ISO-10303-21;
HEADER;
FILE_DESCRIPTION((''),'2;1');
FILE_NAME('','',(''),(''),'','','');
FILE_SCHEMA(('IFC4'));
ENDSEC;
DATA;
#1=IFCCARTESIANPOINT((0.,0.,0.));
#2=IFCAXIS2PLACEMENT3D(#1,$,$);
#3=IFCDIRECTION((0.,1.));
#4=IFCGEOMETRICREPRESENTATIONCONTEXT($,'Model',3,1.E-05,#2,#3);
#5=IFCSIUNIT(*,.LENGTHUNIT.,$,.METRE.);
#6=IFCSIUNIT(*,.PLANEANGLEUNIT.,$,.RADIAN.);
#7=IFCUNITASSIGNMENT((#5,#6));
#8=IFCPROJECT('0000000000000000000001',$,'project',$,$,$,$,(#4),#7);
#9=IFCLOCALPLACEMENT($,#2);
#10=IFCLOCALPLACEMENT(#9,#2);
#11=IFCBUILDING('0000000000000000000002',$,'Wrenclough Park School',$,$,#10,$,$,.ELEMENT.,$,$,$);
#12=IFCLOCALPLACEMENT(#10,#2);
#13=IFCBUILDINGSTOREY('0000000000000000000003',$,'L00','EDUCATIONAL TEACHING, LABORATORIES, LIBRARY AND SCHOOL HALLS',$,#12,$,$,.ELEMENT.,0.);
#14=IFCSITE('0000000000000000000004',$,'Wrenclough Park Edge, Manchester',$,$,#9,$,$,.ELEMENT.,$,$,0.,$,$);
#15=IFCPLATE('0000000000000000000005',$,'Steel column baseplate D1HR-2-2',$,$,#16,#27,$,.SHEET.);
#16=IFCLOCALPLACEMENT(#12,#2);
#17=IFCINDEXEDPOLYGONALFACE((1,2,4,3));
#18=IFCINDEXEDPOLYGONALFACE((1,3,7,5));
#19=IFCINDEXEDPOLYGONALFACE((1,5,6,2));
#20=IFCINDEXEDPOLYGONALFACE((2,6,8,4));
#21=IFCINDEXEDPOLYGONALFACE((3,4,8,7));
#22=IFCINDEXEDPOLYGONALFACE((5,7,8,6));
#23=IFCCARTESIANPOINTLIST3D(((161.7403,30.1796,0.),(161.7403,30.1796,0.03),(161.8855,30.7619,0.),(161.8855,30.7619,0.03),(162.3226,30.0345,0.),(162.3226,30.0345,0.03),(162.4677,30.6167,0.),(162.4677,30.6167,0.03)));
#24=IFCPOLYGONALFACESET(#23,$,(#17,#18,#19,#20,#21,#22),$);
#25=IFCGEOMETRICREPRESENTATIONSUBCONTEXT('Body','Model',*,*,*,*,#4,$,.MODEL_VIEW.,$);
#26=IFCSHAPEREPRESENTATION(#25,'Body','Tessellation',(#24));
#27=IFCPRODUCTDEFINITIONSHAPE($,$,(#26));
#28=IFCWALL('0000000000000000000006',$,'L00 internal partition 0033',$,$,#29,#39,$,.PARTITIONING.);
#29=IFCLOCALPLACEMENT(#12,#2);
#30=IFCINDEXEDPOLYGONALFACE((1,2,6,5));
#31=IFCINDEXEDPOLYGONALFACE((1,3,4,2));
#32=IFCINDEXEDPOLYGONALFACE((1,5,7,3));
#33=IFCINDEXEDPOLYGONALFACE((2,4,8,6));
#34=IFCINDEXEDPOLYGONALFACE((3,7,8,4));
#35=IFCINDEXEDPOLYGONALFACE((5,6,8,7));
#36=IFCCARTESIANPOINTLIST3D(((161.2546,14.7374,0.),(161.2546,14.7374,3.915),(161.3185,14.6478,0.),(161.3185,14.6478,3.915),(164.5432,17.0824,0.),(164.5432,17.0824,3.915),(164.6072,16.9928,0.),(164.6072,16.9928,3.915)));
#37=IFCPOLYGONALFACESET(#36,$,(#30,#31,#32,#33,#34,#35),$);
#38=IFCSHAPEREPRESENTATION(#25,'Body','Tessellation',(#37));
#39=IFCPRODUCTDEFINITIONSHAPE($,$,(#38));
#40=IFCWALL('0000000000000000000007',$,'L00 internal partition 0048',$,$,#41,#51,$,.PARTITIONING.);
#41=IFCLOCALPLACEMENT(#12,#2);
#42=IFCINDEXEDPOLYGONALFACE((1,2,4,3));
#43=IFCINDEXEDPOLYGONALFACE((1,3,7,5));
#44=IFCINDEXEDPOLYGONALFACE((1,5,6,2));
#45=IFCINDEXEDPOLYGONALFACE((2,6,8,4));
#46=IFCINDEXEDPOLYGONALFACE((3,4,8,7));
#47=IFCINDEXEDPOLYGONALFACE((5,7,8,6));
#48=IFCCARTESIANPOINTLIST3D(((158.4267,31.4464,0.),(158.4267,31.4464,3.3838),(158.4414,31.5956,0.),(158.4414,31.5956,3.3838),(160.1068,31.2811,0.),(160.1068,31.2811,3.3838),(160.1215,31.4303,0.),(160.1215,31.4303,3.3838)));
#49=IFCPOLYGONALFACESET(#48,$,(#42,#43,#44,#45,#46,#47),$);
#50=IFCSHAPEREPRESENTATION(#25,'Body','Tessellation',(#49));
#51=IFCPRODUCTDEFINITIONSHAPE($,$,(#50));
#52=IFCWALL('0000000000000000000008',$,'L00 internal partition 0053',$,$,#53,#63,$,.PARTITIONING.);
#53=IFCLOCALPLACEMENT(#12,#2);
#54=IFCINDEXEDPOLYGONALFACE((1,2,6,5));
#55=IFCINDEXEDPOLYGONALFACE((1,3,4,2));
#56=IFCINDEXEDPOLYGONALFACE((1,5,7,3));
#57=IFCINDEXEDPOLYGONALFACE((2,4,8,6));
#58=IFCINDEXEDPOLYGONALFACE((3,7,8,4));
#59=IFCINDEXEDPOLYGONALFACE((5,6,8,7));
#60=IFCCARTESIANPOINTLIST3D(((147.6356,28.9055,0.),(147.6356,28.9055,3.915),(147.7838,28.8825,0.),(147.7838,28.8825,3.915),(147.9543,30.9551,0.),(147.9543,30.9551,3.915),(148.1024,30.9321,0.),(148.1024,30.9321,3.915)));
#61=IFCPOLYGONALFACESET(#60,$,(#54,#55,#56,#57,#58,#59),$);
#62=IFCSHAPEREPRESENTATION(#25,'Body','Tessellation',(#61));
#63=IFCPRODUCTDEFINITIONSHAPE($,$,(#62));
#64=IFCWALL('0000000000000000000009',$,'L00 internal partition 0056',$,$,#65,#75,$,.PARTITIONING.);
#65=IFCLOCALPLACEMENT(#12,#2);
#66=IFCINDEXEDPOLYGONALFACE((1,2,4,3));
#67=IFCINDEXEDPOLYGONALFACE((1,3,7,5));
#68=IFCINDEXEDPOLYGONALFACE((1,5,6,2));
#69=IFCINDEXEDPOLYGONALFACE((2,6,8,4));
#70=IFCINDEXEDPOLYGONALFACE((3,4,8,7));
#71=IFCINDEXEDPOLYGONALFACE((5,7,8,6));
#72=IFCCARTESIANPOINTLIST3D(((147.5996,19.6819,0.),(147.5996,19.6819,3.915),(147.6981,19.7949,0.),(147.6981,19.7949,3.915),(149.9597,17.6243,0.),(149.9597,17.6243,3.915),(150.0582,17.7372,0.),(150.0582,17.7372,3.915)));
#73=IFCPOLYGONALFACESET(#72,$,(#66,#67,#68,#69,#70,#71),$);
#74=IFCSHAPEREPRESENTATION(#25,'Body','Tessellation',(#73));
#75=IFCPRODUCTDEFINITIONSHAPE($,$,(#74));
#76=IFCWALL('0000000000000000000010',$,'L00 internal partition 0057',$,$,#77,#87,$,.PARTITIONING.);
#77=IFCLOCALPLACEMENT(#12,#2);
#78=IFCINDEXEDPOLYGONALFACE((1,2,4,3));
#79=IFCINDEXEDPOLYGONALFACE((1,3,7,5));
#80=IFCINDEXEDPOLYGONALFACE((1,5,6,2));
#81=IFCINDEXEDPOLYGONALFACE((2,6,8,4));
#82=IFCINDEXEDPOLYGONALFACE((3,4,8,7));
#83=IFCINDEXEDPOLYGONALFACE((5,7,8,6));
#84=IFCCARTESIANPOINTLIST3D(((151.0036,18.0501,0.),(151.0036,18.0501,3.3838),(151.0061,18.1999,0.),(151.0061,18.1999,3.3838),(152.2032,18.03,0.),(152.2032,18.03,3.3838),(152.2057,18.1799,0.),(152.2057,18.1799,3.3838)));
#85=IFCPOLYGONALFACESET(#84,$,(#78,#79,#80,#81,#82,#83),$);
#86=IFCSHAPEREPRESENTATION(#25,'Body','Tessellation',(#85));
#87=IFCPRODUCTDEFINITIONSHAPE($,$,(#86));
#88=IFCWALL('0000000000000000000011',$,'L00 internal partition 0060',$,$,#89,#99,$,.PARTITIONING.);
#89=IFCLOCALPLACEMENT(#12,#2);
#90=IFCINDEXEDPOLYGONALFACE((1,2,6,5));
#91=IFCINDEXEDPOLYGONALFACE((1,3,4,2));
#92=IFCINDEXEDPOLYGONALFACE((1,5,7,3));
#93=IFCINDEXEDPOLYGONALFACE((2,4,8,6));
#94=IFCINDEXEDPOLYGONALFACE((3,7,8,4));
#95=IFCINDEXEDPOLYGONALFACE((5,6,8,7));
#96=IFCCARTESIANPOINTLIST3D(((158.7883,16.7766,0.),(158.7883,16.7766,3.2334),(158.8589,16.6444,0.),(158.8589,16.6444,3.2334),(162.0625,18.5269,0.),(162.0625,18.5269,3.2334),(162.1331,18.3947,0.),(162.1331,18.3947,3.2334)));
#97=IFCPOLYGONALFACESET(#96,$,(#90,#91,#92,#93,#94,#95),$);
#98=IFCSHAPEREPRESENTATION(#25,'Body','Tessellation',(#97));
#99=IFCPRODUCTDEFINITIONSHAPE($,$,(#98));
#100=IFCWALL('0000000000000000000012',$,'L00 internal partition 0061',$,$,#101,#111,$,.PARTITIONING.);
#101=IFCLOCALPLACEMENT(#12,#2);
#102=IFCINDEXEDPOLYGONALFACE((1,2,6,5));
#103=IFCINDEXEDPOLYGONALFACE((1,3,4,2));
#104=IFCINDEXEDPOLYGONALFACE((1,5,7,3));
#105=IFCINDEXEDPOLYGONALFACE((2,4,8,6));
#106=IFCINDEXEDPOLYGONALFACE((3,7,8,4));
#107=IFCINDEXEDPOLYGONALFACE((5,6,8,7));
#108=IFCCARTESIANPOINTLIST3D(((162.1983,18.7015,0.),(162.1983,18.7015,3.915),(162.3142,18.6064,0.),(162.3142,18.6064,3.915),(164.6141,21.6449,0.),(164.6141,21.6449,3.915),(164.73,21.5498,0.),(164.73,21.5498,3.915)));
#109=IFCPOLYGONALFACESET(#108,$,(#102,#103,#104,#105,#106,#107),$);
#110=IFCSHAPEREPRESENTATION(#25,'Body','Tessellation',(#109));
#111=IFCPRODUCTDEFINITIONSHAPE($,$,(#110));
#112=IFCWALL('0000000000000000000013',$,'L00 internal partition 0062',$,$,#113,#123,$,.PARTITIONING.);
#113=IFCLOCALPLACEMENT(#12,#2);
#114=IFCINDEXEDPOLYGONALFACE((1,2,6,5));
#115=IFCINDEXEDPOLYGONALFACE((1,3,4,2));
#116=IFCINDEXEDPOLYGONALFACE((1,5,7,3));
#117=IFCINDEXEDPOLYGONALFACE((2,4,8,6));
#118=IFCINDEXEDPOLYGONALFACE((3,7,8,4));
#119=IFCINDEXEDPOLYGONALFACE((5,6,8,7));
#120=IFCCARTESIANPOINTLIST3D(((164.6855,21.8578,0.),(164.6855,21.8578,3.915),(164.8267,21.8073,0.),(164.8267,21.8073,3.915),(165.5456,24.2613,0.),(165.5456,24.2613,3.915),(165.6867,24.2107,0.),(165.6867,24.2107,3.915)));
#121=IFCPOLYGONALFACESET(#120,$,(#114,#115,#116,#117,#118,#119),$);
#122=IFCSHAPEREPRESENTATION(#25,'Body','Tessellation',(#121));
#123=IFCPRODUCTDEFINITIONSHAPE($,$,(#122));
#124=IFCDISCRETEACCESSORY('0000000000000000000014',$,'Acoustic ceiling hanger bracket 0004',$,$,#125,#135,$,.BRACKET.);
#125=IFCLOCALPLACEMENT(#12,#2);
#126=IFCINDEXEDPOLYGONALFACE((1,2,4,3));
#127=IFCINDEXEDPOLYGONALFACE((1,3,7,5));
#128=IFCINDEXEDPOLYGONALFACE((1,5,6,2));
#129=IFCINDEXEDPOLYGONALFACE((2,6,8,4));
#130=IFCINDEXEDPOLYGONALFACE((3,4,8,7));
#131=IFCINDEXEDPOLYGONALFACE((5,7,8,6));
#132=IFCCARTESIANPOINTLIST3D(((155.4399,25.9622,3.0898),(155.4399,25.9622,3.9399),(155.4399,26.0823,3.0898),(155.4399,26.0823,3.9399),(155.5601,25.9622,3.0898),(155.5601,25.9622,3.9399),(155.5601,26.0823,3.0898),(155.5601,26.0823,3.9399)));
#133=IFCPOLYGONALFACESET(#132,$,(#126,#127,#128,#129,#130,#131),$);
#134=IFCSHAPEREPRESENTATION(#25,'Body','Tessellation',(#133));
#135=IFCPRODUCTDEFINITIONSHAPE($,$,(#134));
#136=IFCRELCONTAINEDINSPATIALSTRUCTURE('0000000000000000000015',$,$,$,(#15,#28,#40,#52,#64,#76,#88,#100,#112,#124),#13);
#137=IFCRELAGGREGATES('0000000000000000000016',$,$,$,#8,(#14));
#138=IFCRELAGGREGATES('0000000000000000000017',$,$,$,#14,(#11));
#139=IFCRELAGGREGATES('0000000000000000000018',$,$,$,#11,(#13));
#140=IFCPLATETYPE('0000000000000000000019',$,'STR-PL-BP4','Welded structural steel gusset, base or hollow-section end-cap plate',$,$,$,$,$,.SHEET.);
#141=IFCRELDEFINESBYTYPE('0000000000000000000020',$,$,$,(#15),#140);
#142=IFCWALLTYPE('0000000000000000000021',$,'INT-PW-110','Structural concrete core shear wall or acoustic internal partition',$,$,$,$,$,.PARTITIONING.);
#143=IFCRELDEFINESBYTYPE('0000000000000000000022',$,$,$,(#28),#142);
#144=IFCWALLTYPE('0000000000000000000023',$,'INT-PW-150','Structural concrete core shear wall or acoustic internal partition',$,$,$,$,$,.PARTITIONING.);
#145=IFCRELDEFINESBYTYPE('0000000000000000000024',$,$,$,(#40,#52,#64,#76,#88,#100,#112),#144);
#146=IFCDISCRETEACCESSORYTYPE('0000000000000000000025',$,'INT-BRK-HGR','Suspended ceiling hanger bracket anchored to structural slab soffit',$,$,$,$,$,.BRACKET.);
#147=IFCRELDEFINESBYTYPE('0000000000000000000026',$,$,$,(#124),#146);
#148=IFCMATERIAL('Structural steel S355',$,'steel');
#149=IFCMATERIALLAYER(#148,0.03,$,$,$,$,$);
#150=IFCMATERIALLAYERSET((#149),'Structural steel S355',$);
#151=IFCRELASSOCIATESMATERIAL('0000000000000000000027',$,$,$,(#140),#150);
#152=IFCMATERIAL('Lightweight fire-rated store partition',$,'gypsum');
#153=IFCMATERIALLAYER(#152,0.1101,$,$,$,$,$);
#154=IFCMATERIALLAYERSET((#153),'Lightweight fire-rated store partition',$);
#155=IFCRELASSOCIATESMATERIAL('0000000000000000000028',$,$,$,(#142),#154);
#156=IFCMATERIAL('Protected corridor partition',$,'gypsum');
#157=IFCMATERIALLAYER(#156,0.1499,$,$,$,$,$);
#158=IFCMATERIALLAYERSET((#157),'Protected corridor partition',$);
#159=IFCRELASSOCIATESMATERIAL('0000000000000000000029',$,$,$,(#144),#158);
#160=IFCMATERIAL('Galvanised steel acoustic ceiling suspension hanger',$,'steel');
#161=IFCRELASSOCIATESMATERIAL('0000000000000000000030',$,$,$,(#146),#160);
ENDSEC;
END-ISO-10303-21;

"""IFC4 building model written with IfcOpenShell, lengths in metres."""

from ifc_helpers import new_model, si_unit, direction, frame, frame_2d, origin, origin_2d, place, context, subcontext, project, spatial, rectangle, extrude, material, layer, layer_set, type_object, element, save


model = new_model("IFC4")

# Units and contexts
model_context = context("Model", 3, precision=1e-05, world=origin(), true_north=direction((0.0, 1.0)))
body_context = subcontext(model_context, "Body", "Model", "MODEL_VIEW")
ifc_project = project(units=[si_unit("LENGTHUNIT", "METRE"), si_unit("PLANEANGLEUNIT", "RADIAN")], contexts=[model_context])

# Site, building, storey
site_placement = place(None, origin())
site = spatial("IfcSite", under=ifc_project, at=site_placement, Name="Wrenclough Park Edge, Manchester", CompositionType="ELEMENT", RefElevation=0.0)
building_placement = place(site_placement, origin())
building = spatial("IfcBuilding", under=site, at=building_placement, Name="Wrenclough Park School", CompositionType="ELEMENT")
storey_placement = place(building_placement, origin())
storey = spatial("IfcBuildingStorey", under=building, at=storey_placement, Name="L00", Description="EDUCATIONAL TEACHING, LABORATORIES, LIBRARY AND SCHOOL HALLS", CompositionType="ELEMENT", Elevation=0.0)

# Shared definitions
ifc_material_1 = material(Name="Structural steel S355", Category="steel")

# Plate
ifc_layer_1 = layer(ifc_material_1, 0.03)
ifc_layer_set_1 = layer_set([ifc_layer_1], Name="Structural steel S355")
plate_type_1 = type_object("IfcPlateType", Name="STR-PL-BP4", Description="Welded structural steel gusset, base or hollow-section end-cap plate", PredefinedType="SHEET", material=ifc_layer_set_1)
plate_1_placement = place(storey_placement, frame((162.104, 30.3982, 0.0), z_axis=(0.0, 0.0, 1.0), x_axis=(0.970296, -0.241922, 0.0)))
element("IfcPlate", 1, at=plate_1_placement, inside=storey, type_object=plate_type_1, Name="Steel column baseplate D1HR-2-2", PredefinedType="SHEET", context=body_context, shape_type="SweptSolid", body=[
    extrude(rectangle(XDim=0.6001, YDim=0.6001, at=origin_2d()), origin(), (0.0, 0.0, 1.0), 0.03),
])

# Walls
ifc_material_2 = material(Name="Lightweight fire-rated store partition", Category="gypsum")
ifc_layer_2 = layer(ifc_material_2, 0.1101)
ifc_layer_set_2 = layer_set([ifc_layer_2], Name="Lightweight fire-rated store partition")
wall_type_1 = type_object("IfcWallType", Name="INT-PW-110", Description="Structural concrete core shear wall or acoustic internal partition", PredefinedType="PARTITIONING", material=ifc_layer_set_2)
wall_1_placement = place(storey_placement, frame((164.5752, 17.0376, 0.0), z_axis=(0.0, 0.0, 1.0), x_axis=(-0.814203, -0.58058, 0.0)))
element("IfcWall", 2, at=wall_1_placement, inside=storey, type_object=wall_type_1, Name="L00 internal partition 0033", PredefinedType="PARTITIONING", context=body_context, shape_type="SweptSolid", body=[
    extrude(rectangle(XDim=4.0391, YDim=0.1101, at=frame_2d((2.0195, 0.0))), origin(), (0.0, 0.0, 1.0), 3.915),
])
ifc_material_3 = material(Name="Protected corridor partition", Category="gypsum")
ifc_layer_3 = layer(ifc_material_3, 0.1499)
ifc_layer_set_3 = layer_set([ifc_layer_3], Name="Protected corridor partition")
wall_type_2 = type_object("IfcWallType", Name="INT-PW-150", Description="Structural concrete core shear wall or acoustic internal partition", PredefinedType="PARTITIONING", material=ifc_layer_set_3)
wall_2_placement = place(storey_placement, frame((160.1143, 31.3557, 0.0), z_axis=(0.0, 0.0, 1.0), x_axis=(-0.995196, 0.0979, 0.0)))
element("IfcWall", 3, at=wall_2_placement, inside=storey, type_object=wall_type_2, Name="L00 internal partition 0048", PredefinedType="PARTITIONING", context=body_context, shape_type="SweptSolid", body=[
    extrude(rectangle(XDim=1.6882, YDim=0.1499, at=frame_2d((0.8442, 0.0))), origin(), (0.0, 0.0, 1.0), 3.3838),
])
wall_3_placement = place(storey_placement, frame((148.0283, 30.9436, 0.0), z_axis=(0.0, 0.0, 1.0), x_axis=(-0.153605, -0.988132, 0.0)))
element("IfcWall", 4, at=wall_3_placement, inside=storey, type_object=wall_type_2, Name="L00 internal partition 0053", PredefinedType="PARTITIONING", context=body_context, shape_type="SweptSolid", body=[
    extrude(rectangle(XDim=2.0742, YDim=0.1499, at=frame_2d((1.0371, 0.0))), origin(), (0.0, 0.0, 1.0), 3.915),
])
wall_4_placement = place(storey_placement, frame((147.6489, 19.7383, 0.0), z_axis=(0.0, 0.0, 1.0), x_axis=(0.753759, -0.657151, 0.0)))
element("IfcWall", 5, at=wall_4_placement, inside=storey, type_object=wall_type_2, Name="L00 internal partition 0056", PredefinedType="PARTITIONING", context=body_context, shape_type="SweptSolid", body=[
    extrude(rectangle(XDim=3.1311, YDim=0.1499, at=frame_2d((1.5654, 0.0))), origin(), (0.0, 0.0, 1.0), 3.915),
])
wall_5_placement = place(storey_placement, frame((151.0049, 18.125, 0.0), z_axis=(0.0, 0.0, 1.0), x_axis=(0.999861, -0.016688, 0.0)))
element("IfcWall", 6, at=wall_5_placement, inside=storey, type_object=wall_type_2, Name="L00 internal partition 0057", PredefinedType="PARTITIONING", context=body_context, shape_type="SweptSolid", body=[
    extrude(rectangle(XDim=1.1997, YDim=0.1499, at=frame_2d((0.5999, 0.0))), origin(), (0.0, 0.0, 1.0), 3.3838),
])
wall_6_placement = place(storey_placement, frame((158.8235, 16.7104, 0.0), z_axis=(0.0, 0.0, 1.0), x_axis=(0.881903, 0.471431, 0.0)))
element("IfcWall", 7, at=wall_6_placement, inside=storey, type_object=wall_type_2, Name="L00 internal partition 0060", PredefinedType="PARTITIONING", context=body_context, shape_type="SweptSolid", body=[
    extrude(rectangle(XDim=3.7126, YDim=0.1499, at=frame_2d((1.8564, 0.0))), origin(), (0.0, 0.0, 1.0), 3.2334),
])
wall_7_placement = place(storey_placement, frame((162.2563, 18.6541, 0.0), z_axis=(0.0, 0.0, 1.0), x_axis=(0.634428, 0.772982, 0.0)))
element("IfcWall", 8, at=wall_7_placement, inside=storey, type_object=wall_type_2, Name="L00 internal partition 0061", PredefinedType="PARTITIONING", context=body_context, shape_type="SweptSolid", body=[
    extrude(rectangle(XDim=3.8079, YDim=0.1499, at=frame_2d((1.9038, 0.0))), origin(), (0.0, 0.0, 1.0), 3.915),
])
wall_8_placement = place(storey_placement, frame((164.7561, 21.8325, 0.0), z_axis=(0.0, 0.0, 1.0), x_axis=(0.336924, 0.941532, 0.0)))
element("IfcWall", 9, at=wall_8_placement, inside=storey, type_object=wall_type_2, Name="L00 internal partition 0062", PredefinedType="PARTITIONING", context=body_context, shape_type="SweptSolid", body=[
    extrude(rectangle(XDim=2.5527, YDim=0.1499, at=frame_2d((1.2764, 0.0))), origin(), (0.0, 0.0, 1.0), 3.915),
])

# Discrete accessory
ifc_material_4 = material(Name="Galvanised steel acoustic ceiling suspension hanger", Category="steel")
discrete_accessory_type = type_object("IfcDiscreteAccessoryType", Name="INT-BRK-HGR", Description="Suspended ceiling hanger bracket anchored to structural slab soffit", PredefinedType="BRACKET", material=ifc_material_4)
discrete_accessory_placement = place(storey_placement, frame((155.5, 26.0222, 3.0898), z_axis=(0.0, 0.0, 1.0), x_axis=(1.0, 0.0, 0.0)))
element("IfcDiscreteAccessory", 10, at=discrete_accessory_placement, inside=storey, type_object=discrete_accessory_type, Name="Acoustic ceiling hanger bracket 0004", PredefinedType="BRACKET", context=body_context, shape_type="SweptSolid", body=[
    extrude(rectangle(XDim=0.1201, YDim=0.1201, at=origin_2d()), origin(), (0.0, 0.0, 1.0), 0.8501),
])

save(model, "model.ifc")
